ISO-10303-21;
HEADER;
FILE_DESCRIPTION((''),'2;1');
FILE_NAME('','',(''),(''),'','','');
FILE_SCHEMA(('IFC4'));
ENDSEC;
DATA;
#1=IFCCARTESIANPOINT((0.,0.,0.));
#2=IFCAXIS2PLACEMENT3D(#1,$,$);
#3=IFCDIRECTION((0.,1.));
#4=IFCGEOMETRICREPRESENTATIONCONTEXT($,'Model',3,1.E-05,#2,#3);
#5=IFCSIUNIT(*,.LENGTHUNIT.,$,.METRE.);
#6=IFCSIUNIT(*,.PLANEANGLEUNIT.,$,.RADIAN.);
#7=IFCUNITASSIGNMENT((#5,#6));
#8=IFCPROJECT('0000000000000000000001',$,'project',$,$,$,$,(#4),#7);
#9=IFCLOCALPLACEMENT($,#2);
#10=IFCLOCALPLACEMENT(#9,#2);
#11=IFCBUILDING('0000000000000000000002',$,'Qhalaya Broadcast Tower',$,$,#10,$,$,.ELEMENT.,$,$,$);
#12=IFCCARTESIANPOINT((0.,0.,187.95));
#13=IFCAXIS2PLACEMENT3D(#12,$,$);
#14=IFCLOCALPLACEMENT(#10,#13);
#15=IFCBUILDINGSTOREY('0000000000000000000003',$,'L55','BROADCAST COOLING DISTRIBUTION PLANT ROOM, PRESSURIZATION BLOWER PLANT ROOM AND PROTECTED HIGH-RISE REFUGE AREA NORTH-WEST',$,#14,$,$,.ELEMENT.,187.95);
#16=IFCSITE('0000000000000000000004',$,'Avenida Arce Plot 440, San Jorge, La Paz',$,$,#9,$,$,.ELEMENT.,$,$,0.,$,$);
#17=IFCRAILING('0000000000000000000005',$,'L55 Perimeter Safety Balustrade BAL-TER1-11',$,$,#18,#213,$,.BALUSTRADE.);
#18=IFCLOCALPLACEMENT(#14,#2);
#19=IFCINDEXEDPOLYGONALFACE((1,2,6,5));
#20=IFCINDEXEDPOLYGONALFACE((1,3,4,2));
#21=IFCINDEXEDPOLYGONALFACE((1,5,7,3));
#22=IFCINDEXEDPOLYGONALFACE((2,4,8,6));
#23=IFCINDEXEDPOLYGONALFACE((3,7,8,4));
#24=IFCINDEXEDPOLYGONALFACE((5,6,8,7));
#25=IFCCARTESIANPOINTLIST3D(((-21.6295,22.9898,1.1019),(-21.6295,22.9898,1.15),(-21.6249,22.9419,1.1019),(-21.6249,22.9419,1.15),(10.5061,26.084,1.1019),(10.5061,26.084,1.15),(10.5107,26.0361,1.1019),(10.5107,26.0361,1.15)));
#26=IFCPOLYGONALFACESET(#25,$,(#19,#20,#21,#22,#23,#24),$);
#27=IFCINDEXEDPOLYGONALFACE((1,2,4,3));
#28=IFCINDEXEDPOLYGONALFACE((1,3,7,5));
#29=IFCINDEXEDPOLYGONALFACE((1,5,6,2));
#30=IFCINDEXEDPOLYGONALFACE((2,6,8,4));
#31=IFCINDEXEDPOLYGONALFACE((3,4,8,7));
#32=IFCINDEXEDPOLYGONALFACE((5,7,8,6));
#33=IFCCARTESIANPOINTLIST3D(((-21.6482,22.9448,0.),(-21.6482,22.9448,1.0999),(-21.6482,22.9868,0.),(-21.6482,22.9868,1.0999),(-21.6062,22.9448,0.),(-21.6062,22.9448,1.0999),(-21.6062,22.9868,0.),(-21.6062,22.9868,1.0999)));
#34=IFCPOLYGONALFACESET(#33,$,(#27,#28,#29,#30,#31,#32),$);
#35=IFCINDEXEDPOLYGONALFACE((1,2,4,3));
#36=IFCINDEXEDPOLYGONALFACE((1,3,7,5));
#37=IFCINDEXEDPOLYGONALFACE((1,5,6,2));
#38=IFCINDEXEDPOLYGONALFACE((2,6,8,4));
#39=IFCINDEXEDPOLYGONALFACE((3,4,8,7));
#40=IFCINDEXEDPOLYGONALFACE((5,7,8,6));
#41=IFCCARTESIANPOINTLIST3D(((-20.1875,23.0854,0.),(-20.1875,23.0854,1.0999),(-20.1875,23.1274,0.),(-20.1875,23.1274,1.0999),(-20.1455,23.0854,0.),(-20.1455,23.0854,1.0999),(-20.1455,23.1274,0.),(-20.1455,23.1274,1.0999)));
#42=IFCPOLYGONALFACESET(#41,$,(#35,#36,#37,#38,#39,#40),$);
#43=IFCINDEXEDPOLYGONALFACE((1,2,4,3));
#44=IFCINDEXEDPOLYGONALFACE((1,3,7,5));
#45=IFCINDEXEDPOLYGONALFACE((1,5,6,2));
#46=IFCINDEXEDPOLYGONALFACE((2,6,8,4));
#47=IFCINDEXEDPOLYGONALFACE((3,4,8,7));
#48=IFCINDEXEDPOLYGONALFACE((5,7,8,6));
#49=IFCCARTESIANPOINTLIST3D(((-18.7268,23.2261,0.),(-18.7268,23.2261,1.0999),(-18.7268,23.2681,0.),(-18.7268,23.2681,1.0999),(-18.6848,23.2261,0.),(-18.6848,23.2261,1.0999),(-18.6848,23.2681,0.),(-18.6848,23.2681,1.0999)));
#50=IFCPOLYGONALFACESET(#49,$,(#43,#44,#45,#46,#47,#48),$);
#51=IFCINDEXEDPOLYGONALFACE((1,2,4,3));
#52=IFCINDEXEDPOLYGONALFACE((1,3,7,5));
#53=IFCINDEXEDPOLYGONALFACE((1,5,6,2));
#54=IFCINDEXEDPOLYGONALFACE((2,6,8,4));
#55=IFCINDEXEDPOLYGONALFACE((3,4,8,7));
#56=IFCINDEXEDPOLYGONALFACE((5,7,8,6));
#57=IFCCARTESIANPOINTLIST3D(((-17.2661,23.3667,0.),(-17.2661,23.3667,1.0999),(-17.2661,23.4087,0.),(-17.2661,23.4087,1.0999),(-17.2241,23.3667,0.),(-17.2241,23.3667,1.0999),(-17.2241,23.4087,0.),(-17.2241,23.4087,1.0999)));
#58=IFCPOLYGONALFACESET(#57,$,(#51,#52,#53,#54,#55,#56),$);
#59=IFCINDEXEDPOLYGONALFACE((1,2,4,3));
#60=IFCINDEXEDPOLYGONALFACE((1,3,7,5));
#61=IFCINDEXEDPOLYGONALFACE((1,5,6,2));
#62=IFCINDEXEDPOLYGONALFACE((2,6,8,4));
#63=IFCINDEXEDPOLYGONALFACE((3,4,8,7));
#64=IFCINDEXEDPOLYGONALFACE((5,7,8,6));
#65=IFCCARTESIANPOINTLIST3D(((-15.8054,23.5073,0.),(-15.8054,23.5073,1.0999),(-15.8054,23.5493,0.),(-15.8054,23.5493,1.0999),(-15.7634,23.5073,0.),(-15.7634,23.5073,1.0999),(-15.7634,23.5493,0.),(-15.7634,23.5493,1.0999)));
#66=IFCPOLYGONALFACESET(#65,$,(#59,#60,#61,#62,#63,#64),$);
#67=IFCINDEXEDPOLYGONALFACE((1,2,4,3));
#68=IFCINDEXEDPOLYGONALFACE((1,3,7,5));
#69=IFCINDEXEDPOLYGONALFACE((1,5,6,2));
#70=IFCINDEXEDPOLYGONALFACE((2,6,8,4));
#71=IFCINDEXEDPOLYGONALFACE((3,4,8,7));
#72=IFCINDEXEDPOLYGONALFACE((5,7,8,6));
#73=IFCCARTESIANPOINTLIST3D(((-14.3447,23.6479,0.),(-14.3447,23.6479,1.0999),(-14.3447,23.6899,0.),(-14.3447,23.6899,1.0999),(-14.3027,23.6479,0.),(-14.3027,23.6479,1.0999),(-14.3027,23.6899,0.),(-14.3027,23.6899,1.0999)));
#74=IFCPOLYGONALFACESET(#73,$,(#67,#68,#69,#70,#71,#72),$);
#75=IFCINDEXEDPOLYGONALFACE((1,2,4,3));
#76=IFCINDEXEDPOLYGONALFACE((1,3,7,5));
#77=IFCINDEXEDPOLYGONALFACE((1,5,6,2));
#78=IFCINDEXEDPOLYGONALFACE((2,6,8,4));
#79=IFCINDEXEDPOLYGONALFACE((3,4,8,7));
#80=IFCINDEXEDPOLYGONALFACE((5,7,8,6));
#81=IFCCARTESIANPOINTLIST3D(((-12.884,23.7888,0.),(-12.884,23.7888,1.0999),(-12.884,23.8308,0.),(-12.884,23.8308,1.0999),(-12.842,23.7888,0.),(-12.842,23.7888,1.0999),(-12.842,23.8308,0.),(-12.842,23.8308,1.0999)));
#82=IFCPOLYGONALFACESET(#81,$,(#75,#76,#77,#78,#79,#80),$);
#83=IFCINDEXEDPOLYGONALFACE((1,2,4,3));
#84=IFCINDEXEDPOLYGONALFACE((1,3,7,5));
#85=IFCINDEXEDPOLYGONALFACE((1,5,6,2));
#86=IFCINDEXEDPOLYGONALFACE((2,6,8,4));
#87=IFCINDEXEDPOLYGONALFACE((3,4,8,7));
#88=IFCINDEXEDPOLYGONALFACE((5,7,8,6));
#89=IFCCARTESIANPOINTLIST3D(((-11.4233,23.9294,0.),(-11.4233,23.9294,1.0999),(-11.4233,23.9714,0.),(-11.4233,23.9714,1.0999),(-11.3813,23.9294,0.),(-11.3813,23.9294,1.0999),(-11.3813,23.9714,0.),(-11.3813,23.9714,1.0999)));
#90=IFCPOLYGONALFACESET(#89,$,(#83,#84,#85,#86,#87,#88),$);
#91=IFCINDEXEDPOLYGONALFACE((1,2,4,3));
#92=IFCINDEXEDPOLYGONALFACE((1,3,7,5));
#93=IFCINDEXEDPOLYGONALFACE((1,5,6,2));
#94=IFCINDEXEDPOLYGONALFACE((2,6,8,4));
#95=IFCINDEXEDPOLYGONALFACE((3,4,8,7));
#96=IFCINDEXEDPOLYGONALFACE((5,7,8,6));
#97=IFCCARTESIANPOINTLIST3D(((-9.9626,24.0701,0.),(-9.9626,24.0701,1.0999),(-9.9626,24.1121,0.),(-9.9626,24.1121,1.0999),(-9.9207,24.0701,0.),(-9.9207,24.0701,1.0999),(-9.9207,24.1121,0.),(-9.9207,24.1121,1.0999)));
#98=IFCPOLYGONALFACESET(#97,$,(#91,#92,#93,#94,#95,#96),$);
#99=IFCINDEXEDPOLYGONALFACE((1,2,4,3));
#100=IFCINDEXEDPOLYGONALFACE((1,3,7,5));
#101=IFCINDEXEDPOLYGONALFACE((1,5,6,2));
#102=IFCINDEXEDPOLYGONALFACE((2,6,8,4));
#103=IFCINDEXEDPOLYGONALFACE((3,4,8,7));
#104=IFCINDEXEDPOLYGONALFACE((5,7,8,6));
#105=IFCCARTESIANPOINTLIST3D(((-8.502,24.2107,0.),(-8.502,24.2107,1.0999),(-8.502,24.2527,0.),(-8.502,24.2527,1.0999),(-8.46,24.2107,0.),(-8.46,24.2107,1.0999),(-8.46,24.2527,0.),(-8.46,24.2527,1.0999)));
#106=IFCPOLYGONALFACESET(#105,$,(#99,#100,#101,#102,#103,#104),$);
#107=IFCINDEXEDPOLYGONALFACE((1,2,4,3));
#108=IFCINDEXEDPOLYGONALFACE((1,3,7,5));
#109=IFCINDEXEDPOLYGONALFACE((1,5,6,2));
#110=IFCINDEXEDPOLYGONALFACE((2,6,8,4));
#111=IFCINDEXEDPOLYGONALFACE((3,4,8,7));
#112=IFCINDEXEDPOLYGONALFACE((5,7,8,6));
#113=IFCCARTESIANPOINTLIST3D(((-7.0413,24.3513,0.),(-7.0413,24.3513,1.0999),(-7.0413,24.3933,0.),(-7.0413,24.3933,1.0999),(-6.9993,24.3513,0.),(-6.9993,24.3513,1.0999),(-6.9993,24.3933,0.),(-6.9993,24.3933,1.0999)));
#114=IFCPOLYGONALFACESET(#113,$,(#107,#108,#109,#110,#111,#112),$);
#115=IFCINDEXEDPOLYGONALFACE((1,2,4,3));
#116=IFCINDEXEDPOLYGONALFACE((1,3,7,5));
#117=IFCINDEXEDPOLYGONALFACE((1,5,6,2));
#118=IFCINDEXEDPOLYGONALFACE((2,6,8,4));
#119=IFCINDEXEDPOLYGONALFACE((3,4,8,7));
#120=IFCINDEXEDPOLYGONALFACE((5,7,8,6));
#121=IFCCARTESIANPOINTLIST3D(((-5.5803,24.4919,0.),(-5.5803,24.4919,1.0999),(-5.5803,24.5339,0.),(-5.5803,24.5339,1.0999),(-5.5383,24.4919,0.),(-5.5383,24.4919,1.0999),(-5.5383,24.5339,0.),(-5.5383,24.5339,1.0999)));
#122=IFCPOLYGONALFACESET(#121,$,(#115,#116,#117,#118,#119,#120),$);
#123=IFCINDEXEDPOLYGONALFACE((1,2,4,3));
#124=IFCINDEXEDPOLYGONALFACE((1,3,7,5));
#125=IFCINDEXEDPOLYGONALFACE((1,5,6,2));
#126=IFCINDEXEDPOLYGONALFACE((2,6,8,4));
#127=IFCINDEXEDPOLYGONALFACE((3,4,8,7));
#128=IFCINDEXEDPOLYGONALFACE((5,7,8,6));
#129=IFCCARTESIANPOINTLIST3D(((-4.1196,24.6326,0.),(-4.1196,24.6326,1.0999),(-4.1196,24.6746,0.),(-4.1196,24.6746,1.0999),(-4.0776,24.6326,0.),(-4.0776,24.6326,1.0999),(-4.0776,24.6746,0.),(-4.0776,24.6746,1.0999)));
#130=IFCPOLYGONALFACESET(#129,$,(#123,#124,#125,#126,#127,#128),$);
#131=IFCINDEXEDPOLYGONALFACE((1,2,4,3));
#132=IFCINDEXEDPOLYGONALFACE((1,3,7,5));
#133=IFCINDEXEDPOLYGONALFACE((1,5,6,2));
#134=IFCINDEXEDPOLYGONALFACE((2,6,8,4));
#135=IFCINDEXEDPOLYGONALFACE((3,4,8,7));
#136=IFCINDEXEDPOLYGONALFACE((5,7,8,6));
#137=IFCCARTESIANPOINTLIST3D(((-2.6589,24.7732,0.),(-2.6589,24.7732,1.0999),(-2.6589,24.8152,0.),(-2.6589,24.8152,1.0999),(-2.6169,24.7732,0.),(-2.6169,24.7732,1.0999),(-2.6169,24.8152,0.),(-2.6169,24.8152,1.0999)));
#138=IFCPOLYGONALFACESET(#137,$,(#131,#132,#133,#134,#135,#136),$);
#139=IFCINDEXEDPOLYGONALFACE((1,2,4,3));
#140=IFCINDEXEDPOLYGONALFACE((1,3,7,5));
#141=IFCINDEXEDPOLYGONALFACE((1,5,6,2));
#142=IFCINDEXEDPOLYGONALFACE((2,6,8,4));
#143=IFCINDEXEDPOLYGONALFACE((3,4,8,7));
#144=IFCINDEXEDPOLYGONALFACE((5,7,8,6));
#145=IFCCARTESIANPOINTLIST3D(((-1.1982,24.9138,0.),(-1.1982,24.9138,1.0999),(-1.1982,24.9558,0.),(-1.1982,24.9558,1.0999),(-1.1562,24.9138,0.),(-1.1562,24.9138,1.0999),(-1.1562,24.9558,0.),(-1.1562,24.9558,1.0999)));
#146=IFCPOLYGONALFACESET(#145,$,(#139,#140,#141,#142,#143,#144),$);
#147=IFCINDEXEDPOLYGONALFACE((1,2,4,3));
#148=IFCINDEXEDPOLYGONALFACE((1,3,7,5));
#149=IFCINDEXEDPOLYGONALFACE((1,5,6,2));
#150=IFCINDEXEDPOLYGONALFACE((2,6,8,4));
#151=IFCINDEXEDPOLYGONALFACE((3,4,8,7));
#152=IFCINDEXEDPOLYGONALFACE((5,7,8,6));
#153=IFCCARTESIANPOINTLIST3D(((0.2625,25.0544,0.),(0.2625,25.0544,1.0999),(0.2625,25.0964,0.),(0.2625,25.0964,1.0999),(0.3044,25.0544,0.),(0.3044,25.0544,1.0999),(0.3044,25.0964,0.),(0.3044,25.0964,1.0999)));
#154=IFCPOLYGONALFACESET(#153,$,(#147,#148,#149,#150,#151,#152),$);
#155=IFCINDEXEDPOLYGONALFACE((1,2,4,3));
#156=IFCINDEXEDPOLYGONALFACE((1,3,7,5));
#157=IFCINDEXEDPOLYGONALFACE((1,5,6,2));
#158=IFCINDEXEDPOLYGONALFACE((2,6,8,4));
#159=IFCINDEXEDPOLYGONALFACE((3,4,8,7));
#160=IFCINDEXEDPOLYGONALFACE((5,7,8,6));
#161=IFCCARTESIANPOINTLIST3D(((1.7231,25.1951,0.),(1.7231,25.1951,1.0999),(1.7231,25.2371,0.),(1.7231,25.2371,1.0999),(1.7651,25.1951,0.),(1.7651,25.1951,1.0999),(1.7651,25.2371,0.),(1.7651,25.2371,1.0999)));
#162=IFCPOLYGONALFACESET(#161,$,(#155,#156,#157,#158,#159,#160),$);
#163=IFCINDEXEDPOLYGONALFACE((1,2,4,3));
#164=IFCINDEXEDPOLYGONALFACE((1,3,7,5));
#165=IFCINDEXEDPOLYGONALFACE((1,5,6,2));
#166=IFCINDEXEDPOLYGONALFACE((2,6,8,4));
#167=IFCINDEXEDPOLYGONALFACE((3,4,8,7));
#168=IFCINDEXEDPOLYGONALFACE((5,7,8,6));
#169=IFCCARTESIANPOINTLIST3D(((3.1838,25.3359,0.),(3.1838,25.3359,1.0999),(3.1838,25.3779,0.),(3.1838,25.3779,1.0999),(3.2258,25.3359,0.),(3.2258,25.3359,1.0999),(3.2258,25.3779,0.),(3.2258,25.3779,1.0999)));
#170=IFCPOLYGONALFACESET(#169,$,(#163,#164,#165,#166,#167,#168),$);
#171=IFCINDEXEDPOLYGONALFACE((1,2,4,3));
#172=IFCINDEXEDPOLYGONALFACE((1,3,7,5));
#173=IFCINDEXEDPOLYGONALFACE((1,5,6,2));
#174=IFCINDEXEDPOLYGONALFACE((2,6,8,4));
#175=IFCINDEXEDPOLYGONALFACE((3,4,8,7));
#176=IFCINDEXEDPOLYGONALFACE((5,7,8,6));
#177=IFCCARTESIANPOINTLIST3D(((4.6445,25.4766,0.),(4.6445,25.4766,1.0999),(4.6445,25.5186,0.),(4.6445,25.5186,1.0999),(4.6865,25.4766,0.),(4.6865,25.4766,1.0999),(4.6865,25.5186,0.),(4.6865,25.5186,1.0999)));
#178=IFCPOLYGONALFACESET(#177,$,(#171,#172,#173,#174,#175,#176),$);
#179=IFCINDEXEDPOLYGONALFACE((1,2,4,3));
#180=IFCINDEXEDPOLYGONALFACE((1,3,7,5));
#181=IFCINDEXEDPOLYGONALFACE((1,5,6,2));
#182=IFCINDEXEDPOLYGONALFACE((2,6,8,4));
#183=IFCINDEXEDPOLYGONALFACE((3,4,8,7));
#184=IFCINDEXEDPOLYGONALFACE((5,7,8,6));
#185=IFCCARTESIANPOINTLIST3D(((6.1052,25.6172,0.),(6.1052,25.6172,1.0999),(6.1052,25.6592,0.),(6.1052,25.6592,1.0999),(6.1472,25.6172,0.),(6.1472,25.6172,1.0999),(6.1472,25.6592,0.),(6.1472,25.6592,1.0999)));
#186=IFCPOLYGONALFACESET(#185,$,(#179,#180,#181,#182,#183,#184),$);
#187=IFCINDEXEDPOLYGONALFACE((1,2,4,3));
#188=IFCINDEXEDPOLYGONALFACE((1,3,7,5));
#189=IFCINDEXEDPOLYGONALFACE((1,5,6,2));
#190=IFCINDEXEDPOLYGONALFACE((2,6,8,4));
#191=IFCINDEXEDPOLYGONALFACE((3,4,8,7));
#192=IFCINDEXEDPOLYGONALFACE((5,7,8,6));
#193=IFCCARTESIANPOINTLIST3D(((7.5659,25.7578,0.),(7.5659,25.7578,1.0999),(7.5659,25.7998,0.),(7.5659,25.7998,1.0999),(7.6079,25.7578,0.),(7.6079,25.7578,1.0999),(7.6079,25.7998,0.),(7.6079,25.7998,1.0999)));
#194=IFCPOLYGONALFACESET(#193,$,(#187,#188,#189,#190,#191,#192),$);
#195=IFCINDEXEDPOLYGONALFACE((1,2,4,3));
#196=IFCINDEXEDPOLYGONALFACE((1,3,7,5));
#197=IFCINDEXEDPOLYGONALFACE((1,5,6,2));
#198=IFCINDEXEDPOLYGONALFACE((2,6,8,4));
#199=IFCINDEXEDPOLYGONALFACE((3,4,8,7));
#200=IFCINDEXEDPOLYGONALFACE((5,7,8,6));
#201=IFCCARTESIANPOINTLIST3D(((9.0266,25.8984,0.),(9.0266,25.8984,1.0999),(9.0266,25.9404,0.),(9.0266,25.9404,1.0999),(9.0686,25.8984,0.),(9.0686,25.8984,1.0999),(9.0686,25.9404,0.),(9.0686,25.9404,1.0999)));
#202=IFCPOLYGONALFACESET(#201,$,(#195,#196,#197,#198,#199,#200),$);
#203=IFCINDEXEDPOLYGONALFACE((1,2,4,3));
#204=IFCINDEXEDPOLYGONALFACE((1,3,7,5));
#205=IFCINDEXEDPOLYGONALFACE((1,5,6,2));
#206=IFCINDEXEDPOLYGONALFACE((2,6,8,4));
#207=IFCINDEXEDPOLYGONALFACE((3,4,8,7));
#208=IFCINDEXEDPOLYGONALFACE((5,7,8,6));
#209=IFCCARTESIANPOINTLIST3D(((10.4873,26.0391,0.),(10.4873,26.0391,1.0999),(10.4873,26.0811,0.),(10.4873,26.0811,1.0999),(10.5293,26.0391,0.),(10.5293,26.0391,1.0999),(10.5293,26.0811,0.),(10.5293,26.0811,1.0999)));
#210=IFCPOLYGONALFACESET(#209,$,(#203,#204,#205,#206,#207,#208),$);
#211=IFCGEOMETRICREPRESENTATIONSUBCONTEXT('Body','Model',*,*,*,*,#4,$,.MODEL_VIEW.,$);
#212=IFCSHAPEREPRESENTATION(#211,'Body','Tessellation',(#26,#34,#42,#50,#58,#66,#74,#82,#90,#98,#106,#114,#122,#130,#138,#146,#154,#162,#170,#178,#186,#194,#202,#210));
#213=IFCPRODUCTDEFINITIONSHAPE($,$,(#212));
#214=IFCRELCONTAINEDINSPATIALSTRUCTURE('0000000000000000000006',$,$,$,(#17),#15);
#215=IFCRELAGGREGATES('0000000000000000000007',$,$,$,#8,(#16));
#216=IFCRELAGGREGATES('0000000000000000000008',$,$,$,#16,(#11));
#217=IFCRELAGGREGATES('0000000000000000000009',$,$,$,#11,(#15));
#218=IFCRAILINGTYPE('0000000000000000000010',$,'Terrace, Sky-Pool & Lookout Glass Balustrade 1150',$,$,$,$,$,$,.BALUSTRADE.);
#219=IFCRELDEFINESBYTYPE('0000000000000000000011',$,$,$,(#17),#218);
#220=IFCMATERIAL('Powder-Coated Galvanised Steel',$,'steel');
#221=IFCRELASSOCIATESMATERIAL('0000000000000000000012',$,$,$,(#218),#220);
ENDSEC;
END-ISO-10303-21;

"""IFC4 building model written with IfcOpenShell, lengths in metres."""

from ifc_helpers import new_model, si_unit, direction, frame, origin, origin_2d, place, context, subcontext, project, spatial, rectangle, extrude, material, type_object, element, save


model = new_model("IFC4")

# Units and contexts
model_context = context("Model", 3, precision=1e-05, world=origin(), true_north=direction((0.0, 1.0)))
body_context = subcontext(model_context, "Body", "Model", "MODEL_VIEW")
ifc_project = project(units=[si_unit("LENGTHUNIT", "METRE"), si_unit("PLANEANGLEUNIT", "RADIAN")], contexts=[model_context])

# Site, building, storey
site_placement = place(None, origin())
site = spatial("IfcSite", under=ifc_project, at=site_placement, Name="Avenida Arce Plot 440, San Jorge, La Paz", CompositionType="ELEMENT", RefElevation=0.0)
building_placement = place(site_placement, origin())
building = spatial("IfcBuilding", under=site, at=building_placement, Name="Qhalaya Broadcast Tower", CompositionType="ELEMENT")
storey_placement = place(building_placement, frame((0.0, 0.0, 187.95)))
storey = spatial("IfcBuildingStorey", under=building, at=storey_placement, Name="L55", Description="BROADCAST COOLING DISTRIBUTION PLANT ROOM, PRESSURIZATION BLOWER PLANT ROOM AND PROTECTED HIGH-RISE REFUGE AREA NORTH-WEST", CompositionType="ELEMENT", Elevation=187.95)

# Railing
ifc_material_1 = material(Name="Powder-Coated Galvanised Steel", Category="steel")
railing_type = type_object("IfcRailingType", Name="Terrace, Sky-Pool & Lookout Glass Balustrade 1150", PredefinedType="BALUSTRADE", material=ifc_material_1)
railing_1_placement = place(storey_placement, frame((-21.6272, 22.9658, 0.0)))
element("IfcRailing", 1, at=railing_1_placement, inside=storey, type_object=railing_type, Name="L55 Perimeter Safety Balustrade BAL-TER1-11", PredefinedType="BALUSTRADE", context=body_context, shape_type="SweptSolid", body=[
    extrude(rectangle(XDim=0.0481, YDim=0.0481, at=origin_2d()), frame((0.0, 0.0, 1.126), z_axis=(0.995396, 0.095844, 0.0), x_axis=(-0.095844, 0.995396, 0.0)), (0.0, 0.0, 1.0), 32.2842),
    extrude(rectangle(XDim=0.042, YDim=0.042, at=origin_2d()), origin(), (0.0, 0.0, 1.0), 1.0999),
    extrude(rectangle(XDim=0.042, YDim=0.042, at=origin_2d()), frame((1.4607, 0.1406, 0.0)), (0.0, 0.0, 1.0), 1.0999),
    extrude(rectangle(XDim=0.042, YDim=0.042, at=origin_2d()), frame((2.9214, 0.2812, 0.0)), (0.0, 0.0, 1.0), 1.0999),
    extrude(rectangle(XDim=0.042, YDim=0.042, at=origin_2d()), frame((4.3821, 0.4219, 0.0)), (0.0, 0.0, 1.0), 1.0999),
    extrude(rectangle(XDim=0.042, YDim=0.042, at=origin_2d()), frame((5.8428, 0.5625, 0.0)), (0.0, 0.0, 1.0), 1.0999),
    extrude(rectangle(XDim=0.042, YDim=0.042, at=origin_2d()), frame((7.3035, 0.7031, 0.0)), (0.0, 0.0, 1.0), 1.0999),
    extrude(rectangle(XDim=0.042, YDim=0.042, at=origin_2d()), frame((8.7642, 0.844, 0.0)), (0.0, 0.0, 1.0), 1.0999),
    extrude(rectangle(XDim=0.042, YDim=0.042, at=origin_2d()), frame((10.2249, 0.9846, 0.0)), (0.0, 0.0, 1.0), 1.0999),
    extrude(rectangle(XDim=0.042, YDim=0.042, at=origin_2d()), frame((11.6855, 1.1252, 0.0)), (0.0, 0.0, 1.0), 1.0999),
    extrude(rectangle(XDim=0.042, YDim=0.042, at=origin_2d()), frame((13.1462, 1.2659, 0.0)), (0.0, 0.0, 1.0), 1.0999),
    extrude(rectangle(XDim=0.042, YDim=0.042, at=origin_2d()), frame((14.6069, 1.4065, 0.0)), (0.0, 0.0, 1.0), 1.0999),
    extrude(rectangle(XDim=0.042, YDim=0.042, at=origin_2d()), frame((16.0679, 1.5471, 0.0)), (0.0, 0.0, 1.0), 1.0999),
    extrude(rectangle(XDim=0.042, YDim=0.042, at=origin_2d()), frame((17.5286, 1.6877, 0.0)), (0.0, 0.0, 1.0), 1.0999),
    extrude(rectangle(XDim=0.042, YDim=0.042, at=origin_2d()), frame((18.9893, 1.8284, 0.0)), (0.0, 0.0, 1.0), 1.0999),
    extrude(rectangle(XDim=0.042, YDim=0.042, at=origin_2d()), frame((20.45, 1.969, 0.0)), (0.0, 0.0, 1.0), 1.0999),
    extrude(rectangle(XDim=0.042, YDim=0.042, at=origin_2d()), frame((21.9106, 2.1096, 0.0)), (0.0, 0.0, 1.0), 1.0999),
    extrude(rectangle(XDim=0.042, YDim=0.042, at=origin_2d()), frame((23.3713, 2.2502, 0.0)), (0.0, 0.0, 1.0), 1.0999),
    extrude(rectangle(XDim=0.042, YDim=0.042, at=origin_2d()), frame((24.832, 2.3911, 0.0)), (0.0, 0.0, 1.0), 1.0999),
    extrude(rectangle(XDim=0.042, YDim=0.042, at=origin_2d()), frame((26.2927, 2.5317, 0.0)), (0.0, 0.0, 1.0), 1.0999),
    extrude(rectangle(XDim=0.042, YDim=0.042, at=origin_2d()), frame((27.7534, 2.6724, 0.0)), (0.0, 0.0, 1.0), 1.0999),
    extrude(rectangle(XDim=0.042, YDim=0.042, at=origin_2d()), frame((29.2141, 2.813, 0.0)), (0.0, 0.0, 1.0), 1.0999),
    extrude(rectangle(XDim=0.042, YDim=0.042, at=origin_2d()), frame((30.6748, 2.9536, 0.0)), (0.0, 0.0, 1.0), 1.0999),
    extrude(rectangle(XDim=0.042, YDim=0.042, at=origin_2d()), frame((32.1355, 3.0942, 0.0)), (0.0, 0.0, 1.0), 1.0999),
])

save(model, "model.ifc")
